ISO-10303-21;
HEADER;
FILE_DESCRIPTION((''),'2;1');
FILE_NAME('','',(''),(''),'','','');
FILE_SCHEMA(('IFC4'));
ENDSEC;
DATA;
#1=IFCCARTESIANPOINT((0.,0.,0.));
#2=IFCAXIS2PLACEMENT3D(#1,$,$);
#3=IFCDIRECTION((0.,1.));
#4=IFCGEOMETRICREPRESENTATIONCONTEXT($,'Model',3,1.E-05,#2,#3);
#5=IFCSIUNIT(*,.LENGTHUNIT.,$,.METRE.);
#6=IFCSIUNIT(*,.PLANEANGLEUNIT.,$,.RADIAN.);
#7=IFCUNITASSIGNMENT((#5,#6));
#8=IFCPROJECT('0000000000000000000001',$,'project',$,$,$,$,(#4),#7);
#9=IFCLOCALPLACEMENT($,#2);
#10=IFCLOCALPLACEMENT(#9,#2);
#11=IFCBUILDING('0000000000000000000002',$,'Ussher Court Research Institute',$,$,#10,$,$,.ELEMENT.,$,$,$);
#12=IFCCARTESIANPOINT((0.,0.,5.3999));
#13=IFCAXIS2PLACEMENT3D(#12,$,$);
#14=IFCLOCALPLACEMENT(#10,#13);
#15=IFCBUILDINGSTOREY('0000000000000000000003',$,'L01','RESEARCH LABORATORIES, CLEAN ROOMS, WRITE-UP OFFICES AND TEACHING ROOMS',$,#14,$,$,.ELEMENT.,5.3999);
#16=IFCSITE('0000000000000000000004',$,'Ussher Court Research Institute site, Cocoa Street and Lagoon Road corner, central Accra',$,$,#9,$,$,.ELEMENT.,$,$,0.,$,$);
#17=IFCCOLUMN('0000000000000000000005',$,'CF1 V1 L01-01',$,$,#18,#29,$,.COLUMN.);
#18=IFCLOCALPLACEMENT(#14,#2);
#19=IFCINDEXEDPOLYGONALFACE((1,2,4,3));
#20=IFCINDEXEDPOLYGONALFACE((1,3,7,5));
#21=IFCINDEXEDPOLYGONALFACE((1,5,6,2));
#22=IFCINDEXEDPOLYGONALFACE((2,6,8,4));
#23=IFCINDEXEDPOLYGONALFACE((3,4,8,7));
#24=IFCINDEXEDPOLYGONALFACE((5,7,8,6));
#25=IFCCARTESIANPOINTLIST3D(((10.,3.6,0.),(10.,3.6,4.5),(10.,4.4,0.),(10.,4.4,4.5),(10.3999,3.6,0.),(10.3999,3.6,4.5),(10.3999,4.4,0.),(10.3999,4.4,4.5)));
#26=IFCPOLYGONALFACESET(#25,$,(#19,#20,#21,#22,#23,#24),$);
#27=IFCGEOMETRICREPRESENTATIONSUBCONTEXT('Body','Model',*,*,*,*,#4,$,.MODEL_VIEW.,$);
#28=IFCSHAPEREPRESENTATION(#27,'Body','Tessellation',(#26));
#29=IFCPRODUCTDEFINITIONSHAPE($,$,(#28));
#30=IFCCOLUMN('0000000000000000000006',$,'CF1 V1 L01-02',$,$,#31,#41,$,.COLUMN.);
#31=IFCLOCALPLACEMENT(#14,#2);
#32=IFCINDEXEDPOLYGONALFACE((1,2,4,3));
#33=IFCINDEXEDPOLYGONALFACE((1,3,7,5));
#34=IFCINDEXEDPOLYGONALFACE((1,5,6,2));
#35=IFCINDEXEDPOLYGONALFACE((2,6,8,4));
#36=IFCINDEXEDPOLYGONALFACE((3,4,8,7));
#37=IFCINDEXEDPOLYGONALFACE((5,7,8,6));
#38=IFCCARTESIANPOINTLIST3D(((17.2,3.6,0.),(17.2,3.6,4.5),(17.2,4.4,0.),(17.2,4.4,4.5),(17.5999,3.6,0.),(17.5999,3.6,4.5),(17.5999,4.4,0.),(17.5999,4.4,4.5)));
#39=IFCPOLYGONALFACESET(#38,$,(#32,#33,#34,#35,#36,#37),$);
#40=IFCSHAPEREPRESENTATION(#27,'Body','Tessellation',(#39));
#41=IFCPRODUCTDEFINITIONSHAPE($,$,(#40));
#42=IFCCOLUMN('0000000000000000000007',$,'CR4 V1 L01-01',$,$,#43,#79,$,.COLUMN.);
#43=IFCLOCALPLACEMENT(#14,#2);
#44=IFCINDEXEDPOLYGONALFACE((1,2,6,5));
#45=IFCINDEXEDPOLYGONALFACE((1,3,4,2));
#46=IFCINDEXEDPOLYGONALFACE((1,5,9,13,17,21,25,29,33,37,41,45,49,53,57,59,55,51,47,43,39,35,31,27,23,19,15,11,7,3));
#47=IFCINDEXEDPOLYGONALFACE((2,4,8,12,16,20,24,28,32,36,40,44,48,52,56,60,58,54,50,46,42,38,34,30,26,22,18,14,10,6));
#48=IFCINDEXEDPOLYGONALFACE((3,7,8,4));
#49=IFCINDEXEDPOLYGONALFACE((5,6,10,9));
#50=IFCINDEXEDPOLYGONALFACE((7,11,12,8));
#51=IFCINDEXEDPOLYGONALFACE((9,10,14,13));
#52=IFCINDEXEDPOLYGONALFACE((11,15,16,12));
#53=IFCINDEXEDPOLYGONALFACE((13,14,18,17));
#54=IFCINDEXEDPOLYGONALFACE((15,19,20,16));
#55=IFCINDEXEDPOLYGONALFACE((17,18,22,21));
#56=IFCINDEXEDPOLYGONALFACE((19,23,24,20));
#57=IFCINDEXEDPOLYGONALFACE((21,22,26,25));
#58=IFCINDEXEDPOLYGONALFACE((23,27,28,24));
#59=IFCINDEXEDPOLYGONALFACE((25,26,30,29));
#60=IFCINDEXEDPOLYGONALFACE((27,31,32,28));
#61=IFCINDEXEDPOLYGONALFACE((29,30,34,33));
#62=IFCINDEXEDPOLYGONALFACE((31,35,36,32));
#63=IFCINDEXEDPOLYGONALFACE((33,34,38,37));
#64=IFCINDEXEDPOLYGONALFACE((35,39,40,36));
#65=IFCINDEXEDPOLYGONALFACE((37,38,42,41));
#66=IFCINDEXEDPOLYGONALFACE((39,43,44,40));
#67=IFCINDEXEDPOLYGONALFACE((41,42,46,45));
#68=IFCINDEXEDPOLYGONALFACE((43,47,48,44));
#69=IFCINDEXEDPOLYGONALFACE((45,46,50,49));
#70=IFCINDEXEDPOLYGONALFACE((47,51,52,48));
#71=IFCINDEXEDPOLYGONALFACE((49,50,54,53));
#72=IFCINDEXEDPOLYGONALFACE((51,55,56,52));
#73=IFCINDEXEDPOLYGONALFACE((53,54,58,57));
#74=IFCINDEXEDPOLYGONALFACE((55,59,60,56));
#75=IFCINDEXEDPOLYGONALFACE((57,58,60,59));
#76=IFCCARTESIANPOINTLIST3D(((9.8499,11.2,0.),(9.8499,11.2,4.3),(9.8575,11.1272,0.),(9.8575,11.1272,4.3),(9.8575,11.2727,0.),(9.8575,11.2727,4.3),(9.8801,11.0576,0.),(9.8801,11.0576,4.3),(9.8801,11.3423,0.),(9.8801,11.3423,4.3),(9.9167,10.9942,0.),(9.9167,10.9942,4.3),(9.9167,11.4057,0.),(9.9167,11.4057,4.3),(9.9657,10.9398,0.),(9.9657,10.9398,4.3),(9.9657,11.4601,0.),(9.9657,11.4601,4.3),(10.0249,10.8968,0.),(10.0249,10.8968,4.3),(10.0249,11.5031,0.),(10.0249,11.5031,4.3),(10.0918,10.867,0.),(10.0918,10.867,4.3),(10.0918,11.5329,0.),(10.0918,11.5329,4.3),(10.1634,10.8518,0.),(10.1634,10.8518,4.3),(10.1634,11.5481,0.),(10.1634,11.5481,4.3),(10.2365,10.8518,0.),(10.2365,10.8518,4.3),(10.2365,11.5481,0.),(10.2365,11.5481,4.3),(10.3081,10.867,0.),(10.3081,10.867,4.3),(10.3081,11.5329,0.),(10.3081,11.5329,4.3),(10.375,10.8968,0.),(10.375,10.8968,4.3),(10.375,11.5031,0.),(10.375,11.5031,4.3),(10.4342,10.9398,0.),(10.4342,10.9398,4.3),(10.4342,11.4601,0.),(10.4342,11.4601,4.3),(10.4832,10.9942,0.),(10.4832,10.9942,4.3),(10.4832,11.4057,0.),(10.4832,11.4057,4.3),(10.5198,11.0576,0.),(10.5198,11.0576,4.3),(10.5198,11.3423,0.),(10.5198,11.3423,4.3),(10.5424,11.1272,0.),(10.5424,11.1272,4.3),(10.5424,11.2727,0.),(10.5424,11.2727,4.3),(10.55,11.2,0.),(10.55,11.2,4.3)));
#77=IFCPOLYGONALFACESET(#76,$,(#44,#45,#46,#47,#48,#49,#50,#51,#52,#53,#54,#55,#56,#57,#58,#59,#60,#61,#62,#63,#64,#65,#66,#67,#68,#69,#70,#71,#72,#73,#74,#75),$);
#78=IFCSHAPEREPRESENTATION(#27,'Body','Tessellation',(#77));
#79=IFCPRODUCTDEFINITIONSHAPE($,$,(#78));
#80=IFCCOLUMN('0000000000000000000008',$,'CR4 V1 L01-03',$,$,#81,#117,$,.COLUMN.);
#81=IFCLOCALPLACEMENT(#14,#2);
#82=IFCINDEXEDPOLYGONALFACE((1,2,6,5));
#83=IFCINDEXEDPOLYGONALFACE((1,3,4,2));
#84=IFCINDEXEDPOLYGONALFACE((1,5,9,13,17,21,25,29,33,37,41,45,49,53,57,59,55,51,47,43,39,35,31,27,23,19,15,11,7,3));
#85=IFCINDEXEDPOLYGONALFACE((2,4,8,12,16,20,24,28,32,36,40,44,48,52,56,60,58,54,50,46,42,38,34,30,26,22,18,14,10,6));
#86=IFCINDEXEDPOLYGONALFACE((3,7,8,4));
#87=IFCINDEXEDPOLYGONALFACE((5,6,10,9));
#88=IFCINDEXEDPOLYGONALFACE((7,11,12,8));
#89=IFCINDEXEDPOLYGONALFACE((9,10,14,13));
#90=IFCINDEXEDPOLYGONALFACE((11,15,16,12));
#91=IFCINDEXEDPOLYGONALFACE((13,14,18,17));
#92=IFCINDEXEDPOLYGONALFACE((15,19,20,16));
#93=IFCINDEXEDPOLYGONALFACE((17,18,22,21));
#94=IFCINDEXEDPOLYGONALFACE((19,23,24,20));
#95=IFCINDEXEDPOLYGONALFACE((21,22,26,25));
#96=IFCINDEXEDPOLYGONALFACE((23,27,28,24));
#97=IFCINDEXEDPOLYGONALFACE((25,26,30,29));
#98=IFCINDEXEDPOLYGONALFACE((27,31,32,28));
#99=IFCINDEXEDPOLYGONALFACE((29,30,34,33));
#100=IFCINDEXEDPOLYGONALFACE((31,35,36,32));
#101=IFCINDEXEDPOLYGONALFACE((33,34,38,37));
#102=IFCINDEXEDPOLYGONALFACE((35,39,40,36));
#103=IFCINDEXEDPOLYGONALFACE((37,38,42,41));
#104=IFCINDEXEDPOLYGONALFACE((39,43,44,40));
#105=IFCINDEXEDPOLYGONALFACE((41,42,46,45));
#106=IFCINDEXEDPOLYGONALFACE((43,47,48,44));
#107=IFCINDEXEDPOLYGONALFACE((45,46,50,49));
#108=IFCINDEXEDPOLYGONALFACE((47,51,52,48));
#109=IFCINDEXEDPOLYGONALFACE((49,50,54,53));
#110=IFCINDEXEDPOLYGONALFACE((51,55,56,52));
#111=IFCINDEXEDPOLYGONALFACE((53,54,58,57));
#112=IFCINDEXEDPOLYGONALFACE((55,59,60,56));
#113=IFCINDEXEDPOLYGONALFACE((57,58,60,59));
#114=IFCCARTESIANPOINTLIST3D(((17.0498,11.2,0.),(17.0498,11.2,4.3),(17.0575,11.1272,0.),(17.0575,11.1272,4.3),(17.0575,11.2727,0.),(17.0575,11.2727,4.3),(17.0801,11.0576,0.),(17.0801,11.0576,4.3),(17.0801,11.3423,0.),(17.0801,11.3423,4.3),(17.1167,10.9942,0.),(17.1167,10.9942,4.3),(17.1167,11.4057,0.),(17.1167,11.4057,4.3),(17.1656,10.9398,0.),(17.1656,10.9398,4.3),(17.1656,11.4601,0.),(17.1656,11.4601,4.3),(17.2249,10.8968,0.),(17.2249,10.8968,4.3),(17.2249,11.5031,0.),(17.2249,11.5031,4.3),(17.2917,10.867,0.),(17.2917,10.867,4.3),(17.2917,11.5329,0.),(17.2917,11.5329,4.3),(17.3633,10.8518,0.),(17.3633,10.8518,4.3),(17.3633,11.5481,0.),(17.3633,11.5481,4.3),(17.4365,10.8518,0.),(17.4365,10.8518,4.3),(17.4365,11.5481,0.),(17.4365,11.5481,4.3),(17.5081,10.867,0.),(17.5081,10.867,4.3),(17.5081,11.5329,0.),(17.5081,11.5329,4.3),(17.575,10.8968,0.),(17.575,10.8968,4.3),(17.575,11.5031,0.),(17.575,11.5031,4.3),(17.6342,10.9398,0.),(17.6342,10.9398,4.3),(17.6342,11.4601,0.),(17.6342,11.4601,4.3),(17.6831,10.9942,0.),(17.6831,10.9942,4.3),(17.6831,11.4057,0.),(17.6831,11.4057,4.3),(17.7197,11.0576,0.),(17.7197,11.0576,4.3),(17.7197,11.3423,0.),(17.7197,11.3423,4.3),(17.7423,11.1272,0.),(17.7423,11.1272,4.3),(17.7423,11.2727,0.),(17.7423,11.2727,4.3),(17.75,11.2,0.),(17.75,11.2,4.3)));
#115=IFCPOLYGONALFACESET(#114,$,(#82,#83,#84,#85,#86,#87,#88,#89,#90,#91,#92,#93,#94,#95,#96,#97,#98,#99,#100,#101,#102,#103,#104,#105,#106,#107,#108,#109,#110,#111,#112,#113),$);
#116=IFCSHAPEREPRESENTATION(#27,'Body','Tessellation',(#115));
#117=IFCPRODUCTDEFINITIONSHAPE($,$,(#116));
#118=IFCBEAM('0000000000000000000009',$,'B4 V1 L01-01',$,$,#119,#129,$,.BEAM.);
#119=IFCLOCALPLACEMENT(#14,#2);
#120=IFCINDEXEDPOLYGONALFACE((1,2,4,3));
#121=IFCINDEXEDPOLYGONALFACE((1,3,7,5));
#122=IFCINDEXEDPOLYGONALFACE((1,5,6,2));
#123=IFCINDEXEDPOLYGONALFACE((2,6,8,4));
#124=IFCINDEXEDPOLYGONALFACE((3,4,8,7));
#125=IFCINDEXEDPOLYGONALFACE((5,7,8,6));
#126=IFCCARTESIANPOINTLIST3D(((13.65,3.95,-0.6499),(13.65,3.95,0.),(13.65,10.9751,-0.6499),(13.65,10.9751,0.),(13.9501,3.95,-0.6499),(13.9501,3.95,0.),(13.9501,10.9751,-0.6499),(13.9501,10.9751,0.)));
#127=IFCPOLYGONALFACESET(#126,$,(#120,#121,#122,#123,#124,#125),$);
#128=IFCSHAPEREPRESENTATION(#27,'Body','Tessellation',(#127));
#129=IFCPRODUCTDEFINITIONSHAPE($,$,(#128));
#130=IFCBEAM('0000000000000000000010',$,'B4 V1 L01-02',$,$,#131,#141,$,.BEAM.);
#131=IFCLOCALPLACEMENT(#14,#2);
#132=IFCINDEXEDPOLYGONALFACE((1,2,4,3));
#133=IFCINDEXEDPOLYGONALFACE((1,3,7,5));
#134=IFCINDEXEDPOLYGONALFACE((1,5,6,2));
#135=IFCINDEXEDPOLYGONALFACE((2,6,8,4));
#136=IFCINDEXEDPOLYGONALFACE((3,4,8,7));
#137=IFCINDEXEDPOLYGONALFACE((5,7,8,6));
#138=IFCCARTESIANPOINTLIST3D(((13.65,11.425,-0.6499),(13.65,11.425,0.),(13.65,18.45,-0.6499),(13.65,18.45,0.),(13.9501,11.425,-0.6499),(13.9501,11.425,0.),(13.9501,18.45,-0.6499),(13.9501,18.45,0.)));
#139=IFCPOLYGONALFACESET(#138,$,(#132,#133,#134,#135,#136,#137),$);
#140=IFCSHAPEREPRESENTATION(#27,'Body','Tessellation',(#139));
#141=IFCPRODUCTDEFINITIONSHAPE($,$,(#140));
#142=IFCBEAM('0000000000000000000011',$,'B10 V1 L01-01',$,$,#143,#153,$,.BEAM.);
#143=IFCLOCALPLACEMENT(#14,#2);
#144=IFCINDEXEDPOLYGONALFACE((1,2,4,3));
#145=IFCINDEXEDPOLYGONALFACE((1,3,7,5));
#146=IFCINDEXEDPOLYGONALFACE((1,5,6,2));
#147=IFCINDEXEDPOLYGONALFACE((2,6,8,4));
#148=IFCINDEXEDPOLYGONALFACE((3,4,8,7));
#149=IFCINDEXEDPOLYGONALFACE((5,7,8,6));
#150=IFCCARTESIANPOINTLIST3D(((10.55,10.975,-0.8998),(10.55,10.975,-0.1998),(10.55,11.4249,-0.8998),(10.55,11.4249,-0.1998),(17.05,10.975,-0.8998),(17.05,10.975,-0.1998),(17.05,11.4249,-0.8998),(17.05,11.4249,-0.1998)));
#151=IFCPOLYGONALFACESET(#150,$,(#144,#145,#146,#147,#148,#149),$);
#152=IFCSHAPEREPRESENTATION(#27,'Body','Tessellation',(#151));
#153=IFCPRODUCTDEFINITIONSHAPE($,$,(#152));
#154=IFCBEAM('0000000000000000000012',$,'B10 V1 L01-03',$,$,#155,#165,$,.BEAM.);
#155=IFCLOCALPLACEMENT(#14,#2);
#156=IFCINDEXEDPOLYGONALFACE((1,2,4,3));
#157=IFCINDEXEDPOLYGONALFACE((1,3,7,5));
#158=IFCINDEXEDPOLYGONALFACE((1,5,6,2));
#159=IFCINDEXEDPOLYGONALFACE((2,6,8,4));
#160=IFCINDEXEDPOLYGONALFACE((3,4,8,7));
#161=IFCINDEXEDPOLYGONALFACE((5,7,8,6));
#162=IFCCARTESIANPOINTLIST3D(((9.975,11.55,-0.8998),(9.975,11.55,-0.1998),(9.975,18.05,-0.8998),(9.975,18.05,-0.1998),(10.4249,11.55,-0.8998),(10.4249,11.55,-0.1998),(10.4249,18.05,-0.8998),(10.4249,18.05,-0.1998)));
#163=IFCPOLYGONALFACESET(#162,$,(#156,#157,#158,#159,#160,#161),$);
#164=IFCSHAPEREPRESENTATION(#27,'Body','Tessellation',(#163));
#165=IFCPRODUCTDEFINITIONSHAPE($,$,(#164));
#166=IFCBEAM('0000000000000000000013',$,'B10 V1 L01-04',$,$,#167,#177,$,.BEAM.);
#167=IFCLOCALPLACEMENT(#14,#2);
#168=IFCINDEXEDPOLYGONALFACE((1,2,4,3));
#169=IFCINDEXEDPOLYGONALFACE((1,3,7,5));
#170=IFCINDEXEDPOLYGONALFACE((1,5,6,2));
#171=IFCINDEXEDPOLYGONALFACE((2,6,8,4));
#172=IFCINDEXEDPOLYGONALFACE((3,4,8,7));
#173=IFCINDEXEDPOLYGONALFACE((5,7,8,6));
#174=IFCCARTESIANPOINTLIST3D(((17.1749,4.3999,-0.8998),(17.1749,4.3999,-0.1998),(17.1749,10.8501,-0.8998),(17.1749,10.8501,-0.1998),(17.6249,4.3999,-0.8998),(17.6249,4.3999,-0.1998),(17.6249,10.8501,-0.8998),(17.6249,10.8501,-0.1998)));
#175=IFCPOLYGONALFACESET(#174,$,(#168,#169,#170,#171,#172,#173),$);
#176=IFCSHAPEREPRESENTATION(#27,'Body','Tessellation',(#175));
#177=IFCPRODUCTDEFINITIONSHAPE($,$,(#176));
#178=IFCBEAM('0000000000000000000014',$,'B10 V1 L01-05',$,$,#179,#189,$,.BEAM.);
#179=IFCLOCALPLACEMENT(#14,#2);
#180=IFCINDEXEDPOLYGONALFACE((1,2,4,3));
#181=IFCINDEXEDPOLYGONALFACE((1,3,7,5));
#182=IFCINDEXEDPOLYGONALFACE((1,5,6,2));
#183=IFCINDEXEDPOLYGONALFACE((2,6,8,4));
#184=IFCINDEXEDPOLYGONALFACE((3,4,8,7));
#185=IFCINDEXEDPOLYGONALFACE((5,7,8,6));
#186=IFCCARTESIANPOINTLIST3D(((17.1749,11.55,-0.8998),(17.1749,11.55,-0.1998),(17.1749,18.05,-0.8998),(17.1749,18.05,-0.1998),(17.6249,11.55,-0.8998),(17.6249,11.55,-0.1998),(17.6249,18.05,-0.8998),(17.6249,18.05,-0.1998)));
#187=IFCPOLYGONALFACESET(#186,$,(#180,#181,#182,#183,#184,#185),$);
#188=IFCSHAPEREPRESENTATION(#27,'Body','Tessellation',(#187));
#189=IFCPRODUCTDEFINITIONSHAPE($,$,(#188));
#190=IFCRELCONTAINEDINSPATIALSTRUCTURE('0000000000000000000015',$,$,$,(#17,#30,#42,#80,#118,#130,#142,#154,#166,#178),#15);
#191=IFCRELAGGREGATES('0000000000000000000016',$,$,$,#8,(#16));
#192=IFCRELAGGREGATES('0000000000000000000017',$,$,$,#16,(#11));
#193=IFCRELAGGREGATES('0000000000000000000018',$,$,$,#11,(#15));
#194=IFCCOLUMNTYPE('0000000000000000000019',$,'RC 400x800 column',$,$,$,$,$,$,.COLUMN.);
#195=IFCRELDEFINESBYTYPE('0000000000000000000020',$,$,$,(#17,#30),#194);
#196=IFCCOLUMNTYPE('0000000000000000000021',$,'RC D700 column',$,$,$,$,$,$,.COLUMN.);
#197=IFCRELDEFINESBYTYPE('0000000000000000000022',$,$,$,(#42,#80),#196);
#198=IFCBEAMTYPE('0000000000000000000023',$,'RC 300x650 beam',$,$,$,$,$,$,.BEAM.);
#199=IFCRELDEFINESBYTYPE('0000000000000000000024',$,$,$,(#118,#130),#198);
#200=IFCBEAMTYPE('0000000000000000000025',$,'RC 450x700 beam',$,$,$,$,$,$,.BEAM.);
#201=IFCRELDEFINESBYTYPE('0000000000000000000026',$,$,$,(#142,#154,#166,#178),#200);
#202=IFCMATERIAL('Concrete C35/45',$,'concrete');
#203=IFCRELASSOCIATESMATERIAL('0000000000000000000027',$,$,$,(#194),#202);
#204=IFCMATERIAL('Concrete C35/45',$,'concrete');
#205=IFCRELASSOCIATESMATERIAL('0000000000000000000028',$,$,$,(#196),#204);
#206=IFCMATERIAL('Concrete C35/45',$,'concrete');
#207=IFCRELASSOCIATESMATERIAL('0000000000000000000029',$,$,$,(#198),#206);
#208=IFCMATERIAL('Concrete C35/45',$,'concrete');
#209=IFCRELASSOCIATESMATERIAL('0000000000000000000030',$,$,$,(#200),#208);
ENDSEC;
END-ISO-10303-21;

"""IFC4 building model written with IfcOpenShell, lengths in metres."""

from ifc_helpers import new_model, si_unit, direction, frame, origin, origin_2d, place, context, subcontext, project, spatial, rectangle, circle, extrude, material, material_profile, profile_set, type_object, element, save


model = new_model("IFC4")

# Units and contexts
model_context = context("Model", 3, precision=1e-05, world=origin(), true_north=direction((0.0, 1.0)))
body_context = subcontext(model_context, "Body", "Model", "MODEL_VIEW")
ifc_project = project(units=[si_unit("LENGTHUNIT", "METRE"), si_unit("PLANEANGLEUNIT", "RADIAN")], contexts=[model_context])

# Site, building, storey
site_placement = place(None, origin())
site = spatial("IfcSite", under=ifc_project, at=site_placement, Name="Ussher Court Research Institute site, Cocoa Street and Lagoon Road corner, central Accra", CompositionType="ELEMENT", RefElevation=0.0)
building_placement = place(site_placement, origin())
building = spatial("IfcBuilding", under=site, at=building_placement, Name="Ussher Court Research Institute", CompositionType="ELEMENT")
storey_placement = place(building_placement, frame((0.0, 0.0, 5.3999)))
storey = spatial("IfcBuildingStorey", under=building, at=storey_placement, Name="L01", Description="RESEARCH LABORATORIES, CLEAN ROOMS, WRITE-UP OFFICES AND TEACHING ROOMS", CompositionType="ELEMENT", Elevation=5.3999)

# Columns
ifc_material_1 = material(Name="Concrete C35/45", Category="concrete")
ifc_material_profile_1 = material_profile(ifc_material_1, rectangle(XDim=0.3999, YDim=0.8, at=origin_2d()), Name="RC 400x800")
ifc_profile_set_1 = profile_set([ifc_material_profile_1], Name="Concrete C35/45")
column_type_1 = type_object("IfcColumnType", Name="RC 400x800 column", PredefinedType="COLUMN", material=ifc_profile_set_1)
for number, where, z_axis, x_axis, name in (
    (1, (10.2, 4.0, 0.0), (0.0, 0.0, 1.0), (1.0, 0.0, 0.0), "CF1 V1 L01-01"),
    (2, (17.3999, 4.0, 0.0), (0.0, 0.0, 1.0), (1.0, 0.0, 0.0), "CF1 V1 L01-02"),
):
    element("IfcColumn", number, at=place(storey_placement, frame(where, z_axis=z_axis, x_axis=x_axis)), inside=storey, type_object=column_type_1, Name=name, PredefinedType="COLUMN", context=body_context, shape_type="SweptSolid", body=[
        extrude(rectangle(XDim=0.3999, YDim=0.8, at=origin_2d()), origin(), (0.0, 0.0, 1.0), 4.5),
    ])
ifc_material_2 = material(Name="Concrete C35/45", Category="concrete")
ifc_material_profile_2 = material_profile(ifc_material_2, circle(Radius=0.3501, at=origin_2d()), Name="RC D700")
ifc_profile_set_2 = profile_set([ifc_material_profile_2], Name="Concrete C35/45")
column_type_2 = type_object("IfcColumnType", Name="RC D700 column", PredefinedType="COLUMN", material=ifc_profile_set_2)
for number, where, z_axis, x_axis, name in (
    (3, (10.2, 11.2, 0.0), (0.0, 0.0, 1.0), (1.0, 0.0, 0.0), "CR4 V1 L01-01"),
    (4, (17.3999, 11.2, 0.0), (0.0, 0.0, 1.0), (1.0, 0.0, 0.0), "CR4 V1 L01-03"),
):
    element("IfcColumn", number, at=place(storey_placement, frame(where, z_axis=z_axis, x_axis=x_axis)), inside=storey, type_object=column_type_2, Name=name, PredefinedType="COLUMN", context=body_context, shape_type="SweptSolid", body=[
        extrude(circle(Radius=0.3501, at=origin_2d()), origin(), (0.0, 0.0, 1.0), 4.3),
    ])

# Beams
ifc_material_3 = material(Name="Concrete C35/45", Category="concrete")
ifc_material_profile_3 = material_profile(ifc_material_3, rectangle(XDim=0.3, YDim=0.6499, at=origin_2d()), Name="RC 300x650")
ifc_profile_set_3 = profile_set([ifc_material_profile_3], Name="Concrete C35/45")
beam_type_1 = type_object("IfcBeamType", Name="RC 300x650 beam", PredefinedType="BEAM", material=ifc_profile_set_3)
beam_1_placement = place(storey_placement, frame((13.8, 3.95, -0.325), z_axis=(0.0, 1.0, 0.0), x_axis=(-1.0, 0.0, 0.0)))
element("IfcBeam", 5, at=beam_1_placement, inside=storey, type_object=beam_type_1, Name="B4 V1 L01-01", PredefinedType="BEAM", context=body_context, shape_type="SweptSolid", body=[
    extrude(rectangle(XDim=0.3, YDim=0.6499, at=origin_2d()), origin(), (0.0, 0.0, 1.0), 7.0251),
])
beam_2_placement = place(storey_placement, frame((13.8, 11.425, -0.325), z_axis=(0.0, 1.0, 0.0), x_axis=(-1.0, 0.0, 0.0)))
element("IfcBeam", 6, at=beam_2_placement, inside=storey, type_object=beam_type_1, Name="B4 V1 L01-02", PredefinedType="BEAM", context=body_context, shape_type="SweptSolid", body=[
    extrude(rectangle(XDim=0.3, YDim=0.6499, at=origin_2d()), origin(), (0.0, 0.0, 1.0), 7.0249),
])
ifc_material_4 = material(Name="Concrete C35/45", Category="concrete")
ifc_material_profile_4 = material_profile(ifc_material_4, rectangle(XDim=0.45, YDim=0.7, at=origin_2d()), Name="RC 450x700")
ifc_profile_set_4 = profile_set([ifc_material_profile_4], Name="Concrete C35/45")
beam_type_2 = type_object("IfcBeamType", Name="RC 450x700 beam", PredefinedType="BEAM", material=ifc_profile_set_4)
for number, where, z_axis, x_axis, name in (
    (7, (10.55, 11.2, -0.5498), (1.0, 0.0, 0.0), (0.0, 1.0, 0.0), "B10 V1 L01-01"),
    (8, (10.2, 11.55, -0.5498), (0.0, 1.0, 0.0), (-1.0, 0.0, 0.0), "B10 V1 L01-03"),
):
    element("IfcBeam", number, at=place(storey_placement, frame(where, z_axis=z_axis, x_axis=x_axis)), inside=storey, type_object=beam_type_2, Name=name, PredefinedType="BEAM", context=body_context, shape_type="SweptSolid", body=[
        extrude(rectangle(XDim=0.45, YDim=0.7, at=origin_2d()), origin(), (0.0, 0.0, 1.0), 6.5),
    ])
beam_3_placement = place(storey_placement, frame((17.3999, 4.3999, -0.5498), z_axis=(0.0, 1.0, 0.0), x_axis=(-1.0, 0.0, 0.0)))
element("IfcBeam", 9, at=beam_3_placement, inside=storey, type_object=beam_type_2, Name="B10 V1 L01-04", PredefinedType="BEAM", context=body_context, shape_type="SweptSolid", body=[
    extrude(rectangle(XDim=0.45, YDim=0.7, at=origin_2d()), origin(), (0.0, 0.0, 1.0), 6.4502),
])
beam_4_placement = place(storey_placement, frame((17.3999, 11.55, -0.5498), z_axis=(0.0, 1.0, 0.0), x_axis=(-1.0, 0.0, 0.0)))
element("IfcBeam", 10, at=beam_4_placement, inside=storey, type_object=beam_type_2, Name="B10 V1 L01-05", PredefinedType="BEAM", context=body_context, shape_type="SweptSolid", body=[
    extrude(rectangle(XDim=0.45, YDim=0.7, at=origin_2d()), origin(), (0.0, 0.0, 1.0), 6.5),
])

save(model, "model.ifc")
